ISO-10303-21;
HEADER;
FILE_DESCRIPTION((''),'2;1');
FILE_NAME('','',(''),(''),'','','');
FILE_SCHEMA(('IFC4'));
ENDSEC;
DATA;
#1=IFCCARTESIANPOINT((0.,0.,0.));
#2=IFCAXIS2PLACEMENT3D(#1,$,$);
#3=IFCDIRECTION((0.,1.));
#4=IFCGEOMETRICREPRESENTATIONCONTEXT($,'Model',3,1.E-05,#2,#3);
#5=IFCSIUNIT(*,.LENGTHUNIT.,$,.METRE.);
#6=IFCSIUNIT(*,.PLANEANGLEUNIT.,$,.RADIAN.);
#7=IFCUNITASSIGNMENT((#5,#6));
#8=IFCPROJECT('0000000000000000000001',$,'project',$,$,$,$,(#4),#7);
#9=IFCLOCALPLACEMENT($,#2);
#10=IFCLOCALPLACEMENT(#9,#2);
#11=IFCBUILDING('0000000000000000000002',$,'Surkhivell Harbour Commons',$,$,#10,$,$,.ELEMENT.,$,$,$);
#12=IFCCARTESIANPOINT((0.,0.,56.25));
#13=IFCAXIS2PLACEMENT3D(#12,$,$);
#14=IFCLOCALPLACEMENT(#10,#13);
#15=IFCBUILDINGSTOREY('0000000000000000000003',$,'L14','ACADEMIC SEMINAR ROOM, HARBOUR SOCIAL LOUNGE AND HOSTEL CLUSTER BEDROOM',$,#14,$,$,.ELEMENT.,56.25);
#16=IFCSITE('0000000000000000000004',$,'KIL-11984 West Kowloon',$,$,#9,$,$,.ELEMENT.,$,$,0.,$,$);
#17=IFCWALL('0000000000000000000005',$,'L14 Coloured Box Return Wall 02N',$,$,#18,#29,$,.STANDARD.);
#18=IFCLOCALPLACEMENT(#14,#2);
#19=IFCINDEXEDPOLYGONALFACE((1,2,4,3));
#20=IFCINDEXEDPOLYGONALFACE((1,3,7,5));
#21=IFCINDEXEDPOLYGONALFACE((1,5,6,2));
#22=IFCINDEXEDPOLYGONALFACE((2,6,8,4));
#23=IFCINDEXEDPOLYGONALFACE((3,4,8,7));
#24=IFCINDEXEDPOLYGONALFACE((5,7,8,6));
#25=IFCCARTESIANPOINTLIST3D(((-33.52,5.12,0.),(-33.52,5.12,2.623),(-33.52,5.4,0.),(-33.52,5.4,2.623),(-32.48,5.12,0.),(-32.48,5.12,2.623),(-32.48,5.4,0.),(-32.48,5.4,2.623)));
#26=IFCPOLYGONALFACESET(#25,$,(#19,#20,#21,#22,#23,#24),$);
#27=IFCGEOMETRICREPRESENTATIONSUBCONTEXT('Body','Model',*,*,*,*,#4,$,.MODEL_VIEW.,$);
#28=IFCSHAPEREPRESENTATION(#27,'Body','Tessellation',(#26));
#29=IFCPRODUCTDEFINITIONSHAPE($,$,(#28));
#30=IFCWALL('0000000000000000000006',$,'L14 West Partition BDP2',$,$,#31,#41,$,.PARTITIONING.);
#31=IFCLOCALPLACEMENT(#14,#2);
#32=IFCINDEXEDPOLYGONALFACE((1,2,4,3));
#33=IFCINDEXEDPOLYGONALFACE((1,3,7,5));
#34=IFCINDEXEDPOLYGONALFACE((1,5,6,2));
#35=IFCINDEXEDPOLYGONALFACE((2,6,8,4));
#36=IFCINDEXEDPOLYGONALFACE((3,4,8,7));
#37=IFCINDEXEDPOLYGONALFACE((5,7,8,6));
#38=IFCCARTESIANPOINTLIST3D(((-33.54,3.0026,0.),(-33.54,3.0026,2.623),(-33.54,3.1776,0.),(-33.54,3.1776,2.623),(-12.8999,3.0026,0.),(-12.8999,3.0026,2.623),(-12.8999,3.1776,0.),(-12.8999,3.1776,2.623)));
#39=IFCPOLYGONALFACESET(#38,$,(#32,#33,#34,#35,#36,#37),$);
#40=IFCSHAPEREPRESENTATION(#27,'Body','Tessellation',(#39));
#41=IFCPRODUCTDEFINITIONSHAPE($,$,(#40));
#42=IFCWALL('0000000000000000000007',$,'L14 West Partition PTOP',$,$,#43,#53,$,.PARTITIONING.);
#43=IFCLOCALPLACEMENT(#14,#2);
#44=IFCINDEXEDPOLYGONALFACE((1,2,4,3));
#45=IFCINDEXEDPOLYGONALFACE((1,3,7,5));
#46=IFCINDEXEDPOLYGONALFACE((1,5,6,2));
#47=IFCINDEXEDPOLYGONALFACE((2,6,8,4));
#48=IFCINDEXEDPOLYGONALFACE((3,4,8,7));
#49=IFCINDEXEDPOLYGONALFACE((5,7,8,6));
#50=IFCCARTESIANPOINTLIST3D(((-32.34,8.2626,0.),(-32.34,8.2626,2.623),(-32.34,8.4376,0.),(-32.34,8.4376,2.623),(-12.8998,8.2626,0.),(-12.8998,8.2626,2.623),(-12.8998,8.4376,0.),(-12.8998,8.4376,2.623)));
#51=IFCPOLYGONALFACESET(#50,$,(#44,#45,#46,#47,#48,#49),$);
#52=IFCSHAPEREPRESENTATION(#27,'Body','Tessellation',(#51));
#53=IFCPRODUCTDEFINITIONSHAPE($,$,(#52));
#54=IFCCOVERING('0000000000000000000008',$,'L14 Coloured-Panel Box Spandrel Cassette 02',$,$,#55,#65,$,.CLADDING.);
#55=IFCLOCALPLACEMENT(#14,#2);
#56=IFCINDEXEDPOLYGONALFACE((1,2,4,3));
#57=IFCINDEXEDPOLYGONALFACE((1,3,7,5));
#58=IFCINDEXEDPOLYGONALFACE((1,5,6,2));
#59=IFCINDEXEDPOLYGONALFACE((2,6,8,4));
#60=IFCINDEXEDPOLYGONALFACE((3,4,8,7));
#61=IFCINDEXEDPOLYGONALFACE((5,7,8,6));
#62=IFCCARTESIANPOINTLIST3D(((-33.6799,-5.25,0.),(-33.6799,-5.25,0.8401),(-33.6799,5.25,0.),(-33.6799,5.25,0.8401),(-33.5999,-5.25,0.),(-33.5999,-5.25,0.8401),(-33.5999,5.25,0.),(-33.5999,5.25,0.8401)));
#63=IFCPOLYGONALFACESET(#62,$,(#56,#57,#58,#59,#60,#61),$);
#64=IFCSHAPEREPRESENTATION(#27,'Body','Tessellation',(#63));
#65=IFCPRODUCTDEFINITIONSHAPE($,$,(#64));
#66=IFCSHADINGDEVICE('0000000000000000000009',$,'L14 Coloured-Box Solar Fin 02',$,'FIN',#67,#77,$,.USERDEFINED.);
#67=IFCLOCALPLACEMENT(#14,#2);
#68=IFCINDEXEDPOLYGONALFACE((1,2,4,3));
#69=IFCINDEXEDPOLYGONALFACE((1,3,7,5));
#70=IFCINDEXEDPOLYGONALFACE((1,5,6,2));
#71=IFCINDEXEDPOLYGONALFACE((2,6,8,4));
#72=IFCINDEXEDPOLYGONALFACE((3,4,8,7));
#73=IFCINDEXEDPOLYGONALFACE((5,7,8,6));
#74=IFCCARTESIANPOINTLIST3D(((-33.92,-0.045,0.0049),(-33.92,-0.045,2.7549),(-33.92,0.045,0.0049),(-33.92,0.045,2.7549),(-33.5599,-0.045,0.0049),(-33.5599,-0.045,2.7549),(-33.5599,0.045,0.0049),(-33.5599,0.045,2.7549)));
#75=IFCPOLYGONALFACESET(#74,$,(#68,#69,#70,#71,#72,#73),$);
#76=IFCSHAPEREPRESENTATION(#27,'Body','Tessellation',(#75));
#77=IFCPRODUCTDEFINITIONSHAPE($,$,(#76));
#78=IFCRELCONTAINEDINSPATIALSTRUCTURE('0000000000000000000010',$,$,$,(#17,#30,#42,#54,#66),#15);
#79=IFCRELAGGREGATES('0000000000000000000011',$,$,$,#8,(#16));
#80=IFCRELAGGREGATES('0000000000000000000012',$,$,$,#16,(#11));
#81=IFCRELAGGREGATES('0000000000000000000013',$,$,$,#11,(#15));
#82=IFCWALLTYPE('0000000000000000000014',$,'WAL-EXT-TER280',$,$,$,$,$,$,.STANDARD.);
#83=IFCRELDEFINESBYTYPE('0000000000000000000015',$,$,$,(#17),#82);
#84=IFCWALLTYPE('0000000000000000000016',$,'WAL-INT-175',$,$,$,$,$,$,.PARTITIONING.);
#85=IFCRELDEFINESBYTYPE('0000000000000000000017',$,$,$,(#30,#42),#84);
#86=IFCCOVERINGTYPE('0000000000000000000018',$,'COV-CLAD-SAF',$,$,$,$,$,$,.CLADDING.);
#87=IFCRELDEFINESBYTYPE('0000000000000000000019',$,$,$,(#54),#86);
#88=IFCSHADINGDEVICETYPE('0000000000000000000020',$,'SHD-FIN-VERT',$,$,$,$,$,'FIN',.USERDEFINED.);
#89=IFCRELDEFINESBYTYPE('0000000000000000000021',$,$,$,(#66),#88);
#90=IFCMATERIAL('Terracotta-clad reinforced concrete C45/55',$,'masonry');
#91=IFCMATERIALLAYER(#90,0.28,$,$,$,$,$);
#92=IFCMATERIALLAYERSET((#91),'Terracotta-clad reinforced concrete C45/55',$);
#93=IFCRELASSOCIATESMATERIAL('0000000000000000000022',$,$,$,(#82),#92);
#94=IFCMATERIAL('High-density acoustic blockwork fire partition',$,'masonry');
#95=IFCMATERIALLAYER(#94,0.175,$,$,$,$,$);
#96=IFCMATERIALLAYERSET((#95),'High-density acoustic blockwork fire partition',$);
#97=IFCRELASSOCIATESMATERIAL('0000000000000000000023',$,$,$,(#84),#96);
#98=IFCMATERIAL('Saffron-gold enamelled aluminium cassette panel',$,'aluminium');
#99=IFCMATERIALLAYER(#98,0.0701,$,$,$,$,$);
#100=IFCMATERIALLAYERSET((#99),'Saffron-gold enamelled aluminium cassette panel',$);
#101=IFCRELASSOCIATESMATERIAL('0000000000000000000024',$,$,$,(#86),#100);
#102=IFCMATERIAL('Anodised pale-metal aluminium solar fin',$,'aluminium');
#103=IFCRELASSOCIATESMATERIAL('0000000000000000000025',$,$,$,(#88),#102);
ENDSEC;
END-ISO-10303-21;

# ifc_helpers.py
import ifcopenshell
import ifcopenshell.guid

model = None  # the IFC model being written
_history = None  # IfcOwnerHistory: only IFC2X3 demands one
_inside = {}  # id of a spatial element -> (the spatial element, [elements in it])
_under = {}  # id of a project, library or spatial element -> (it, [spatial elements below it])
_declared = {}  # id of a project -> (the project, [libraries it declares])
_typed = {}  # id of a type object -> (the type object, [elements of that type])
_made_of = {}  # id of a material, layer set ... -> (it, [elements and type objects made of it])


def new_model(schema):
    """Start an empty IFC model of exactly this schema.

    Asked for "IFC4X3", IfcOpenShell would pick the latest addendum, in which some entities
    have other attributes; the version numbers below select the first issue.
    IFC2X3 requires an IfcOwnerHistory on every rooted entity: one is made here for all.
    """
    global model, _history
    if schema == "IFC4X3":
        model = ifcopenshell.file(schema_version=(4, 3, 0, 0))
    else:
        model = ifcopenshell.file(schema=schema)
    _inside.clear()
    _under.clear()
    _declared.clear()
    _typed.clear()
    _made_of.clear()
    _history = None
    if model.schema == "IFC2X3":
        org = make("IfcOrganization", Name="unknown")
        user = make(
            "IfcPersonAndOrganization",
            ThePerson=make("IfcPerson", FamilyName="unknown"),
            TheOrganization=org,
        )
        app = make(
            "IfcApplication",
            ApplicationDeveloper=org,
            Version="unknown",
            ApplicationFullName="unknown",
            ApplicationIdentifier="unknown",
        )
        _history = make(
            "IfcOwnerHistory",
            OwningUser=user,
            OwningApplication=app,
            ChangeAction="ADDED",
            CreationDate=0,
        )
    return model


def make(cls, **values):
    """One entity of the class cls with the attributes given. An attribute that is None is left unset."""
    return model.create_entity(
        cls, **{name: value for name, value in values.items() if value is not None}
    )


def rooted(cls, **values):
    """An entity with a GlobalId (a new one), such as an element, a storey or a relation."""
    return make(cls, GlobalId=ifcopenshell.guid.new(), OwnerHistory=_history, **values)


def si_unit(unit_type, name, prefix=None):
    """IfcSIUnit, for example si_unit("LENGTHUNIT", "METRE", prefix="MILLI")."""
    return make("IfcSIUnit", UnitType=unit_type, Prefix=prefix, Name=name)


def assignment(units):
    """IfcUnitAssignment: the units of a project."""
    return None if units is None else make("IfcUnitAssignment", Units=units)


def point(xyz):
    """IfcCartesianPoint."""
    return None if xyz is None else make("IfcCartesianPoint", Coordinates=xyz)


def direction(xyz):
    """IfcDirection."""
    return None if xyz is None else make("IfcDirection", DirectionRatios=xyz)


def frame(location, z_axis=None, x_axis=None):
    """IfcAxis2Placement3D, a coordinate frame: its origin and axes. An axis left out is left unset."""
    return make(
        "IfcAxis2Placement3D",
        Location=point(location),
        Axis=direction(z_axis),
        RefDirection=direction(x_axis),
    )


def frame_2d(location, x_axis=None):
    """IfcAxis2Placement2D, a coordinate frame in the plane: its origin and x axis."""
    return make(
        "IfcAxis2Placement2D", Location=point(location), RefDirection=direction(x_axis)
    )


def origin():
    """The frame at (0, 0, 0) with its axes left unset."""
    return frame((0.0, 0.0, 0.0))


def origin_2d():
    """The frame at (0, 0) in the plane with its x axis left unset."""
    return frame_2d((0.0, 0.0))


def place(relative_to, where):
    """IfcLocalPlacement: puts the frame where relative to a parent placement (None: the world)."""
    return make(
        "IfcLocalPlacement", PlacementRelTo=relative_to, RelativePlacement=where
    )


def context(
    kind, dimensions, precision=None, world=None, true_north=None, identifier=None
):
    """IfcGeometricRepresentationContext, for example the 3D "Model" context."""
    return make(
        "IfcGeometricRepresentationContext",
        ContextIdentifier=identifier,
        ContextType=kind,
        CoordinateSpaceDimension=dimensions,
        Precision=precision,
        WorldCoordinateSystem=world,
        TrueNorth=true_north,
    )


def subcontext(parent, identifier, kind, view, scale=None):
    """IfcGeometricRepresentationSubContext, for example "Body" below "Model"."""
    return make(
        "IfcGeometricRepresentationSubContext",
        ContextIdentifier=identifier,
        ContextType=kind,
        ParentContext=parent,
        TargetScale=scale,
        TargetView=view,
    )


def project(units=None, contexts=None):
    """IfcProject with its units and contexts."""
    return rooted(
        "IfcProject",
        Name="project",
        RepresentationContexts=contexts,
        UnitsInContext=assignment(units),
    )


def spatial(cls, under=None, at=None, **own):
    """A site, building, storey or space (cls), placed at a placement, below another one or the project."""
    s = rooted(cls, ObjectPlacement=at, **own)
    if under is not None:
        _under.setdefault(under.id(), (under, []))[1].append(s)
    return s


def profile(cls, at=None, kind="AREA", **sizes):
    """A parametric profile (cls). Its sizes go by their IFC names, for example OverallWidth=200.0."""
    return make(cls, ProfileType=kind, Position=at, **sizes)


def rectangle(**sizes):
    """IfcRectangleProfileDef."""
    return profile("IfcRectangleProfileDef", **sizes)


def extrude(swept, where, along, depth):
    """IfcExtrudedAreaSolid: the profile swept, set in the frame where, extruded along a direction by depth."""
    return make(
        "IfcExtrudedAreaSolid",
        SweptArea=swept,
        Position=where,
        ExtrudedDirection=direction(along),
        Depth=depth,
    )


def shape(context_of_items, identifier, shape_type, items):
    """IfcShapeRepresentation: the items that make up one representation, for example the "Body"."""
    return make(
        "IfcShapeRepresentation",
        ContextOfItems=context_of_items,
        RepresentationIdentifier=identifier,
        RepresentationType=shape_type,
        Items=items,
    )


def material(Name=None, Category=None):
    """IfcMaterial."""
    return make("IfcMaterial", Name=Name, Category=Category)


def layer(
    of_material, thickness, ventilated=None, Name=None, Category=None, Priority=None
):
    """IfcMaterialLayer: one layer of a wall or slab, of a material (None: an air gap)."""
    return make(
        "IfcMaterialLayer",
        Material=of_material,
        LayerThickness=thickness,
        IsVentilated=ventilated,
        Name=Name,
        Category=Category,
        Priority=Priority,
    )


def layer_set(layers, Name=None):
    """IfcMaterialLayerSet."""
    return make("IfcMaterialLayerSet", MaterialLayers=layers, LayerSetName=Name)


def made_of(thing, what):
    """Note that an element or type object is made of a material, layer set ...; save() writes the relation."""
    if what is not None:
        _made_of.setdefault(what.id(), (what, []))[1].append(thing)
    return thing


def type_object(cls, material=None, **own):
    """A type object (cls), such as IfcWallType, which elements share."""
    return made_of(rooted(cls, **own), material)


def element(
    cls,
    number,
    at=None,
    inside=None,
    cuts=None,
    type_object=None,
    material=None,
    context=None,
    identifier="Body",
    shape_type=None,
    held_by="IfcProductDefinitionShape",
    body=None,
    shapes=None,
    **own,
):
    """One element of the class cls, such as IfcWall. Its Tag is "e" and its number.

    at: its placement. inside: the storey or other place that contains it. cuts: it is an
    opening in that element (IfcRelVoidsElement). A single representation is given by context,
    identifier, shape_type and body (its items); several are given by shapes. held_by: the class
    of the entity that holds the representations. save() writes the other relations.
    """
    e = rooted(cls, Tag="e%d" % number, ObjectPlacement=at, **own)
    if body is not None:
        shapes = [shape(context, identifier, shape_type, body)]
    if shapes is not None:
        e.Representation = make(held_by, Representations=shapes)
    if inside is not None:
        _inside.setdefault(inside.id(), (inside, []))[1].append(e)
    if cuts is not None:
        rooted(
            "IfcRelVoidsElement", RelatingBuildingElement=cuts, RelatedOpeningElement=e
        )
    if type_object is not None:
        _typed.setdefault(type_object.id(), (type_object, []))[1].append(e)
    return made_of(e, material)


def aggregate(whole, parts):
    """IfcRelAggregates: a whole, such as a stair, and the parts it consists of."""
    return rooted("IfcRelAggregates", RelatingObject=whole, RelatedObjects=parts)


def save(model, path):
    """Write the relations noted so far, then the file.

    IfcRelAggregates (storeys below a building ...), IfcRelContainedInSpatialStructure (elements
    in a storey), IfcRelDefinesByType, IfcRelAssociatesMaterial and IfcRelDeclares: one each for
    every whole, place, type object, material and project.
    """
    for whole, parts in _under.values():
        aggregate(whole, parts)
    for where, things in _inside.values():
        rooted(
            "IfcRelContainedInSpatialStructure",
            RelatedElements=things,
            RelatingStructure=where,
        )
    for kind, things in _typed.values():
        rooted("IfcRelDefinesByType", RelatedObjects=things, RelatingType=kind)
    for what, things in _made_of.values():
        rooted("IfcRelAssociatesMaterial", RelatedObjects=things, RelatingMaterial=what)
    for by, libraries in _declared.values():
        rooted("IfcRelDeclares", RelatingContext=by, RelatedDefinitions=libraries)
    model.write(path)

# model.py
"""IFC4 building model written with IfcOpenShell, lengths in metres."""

from ifc_helpers import new_model, si_unit, direction, frame, frame_2d, origin, origin_2d, place, context, subcontext, project, spatial, rectangle, extrude, material, layer, layer_set, type_object, element, save


model = new_model("IFC4")

# Units and contexts
model_context = context("Model", 3, precision=1e-05, world=origin(), true_north=direction((0.0, 1.0)))
body_context = subcontext(model_context, "Body", "Model", "MODEL_VIEW")
ifc_project = project(units=[si_unit("LENGTHUNIT", "METRE"), si_unit("PLANEANGLEUNIT", "RADIAN")], contexts=[model_context])

# Site, building, storey
site_placement = place(None, origin())
site = spatial("IfcSite", under=ifc_project, at=site_placement, Name="KIL-11984 West Kowloon", CompositionType="ELEMENT", RefElevation=0.0)
building_placement = place(site_placement, origin())
building = spatial("IfcBuilding", under=site, at=building_placement, Name="Surkhivell Harbour Commons", CompositionType="ELEMENT")
storey_placement = place(building_placement, frame((0.0, 0.0, 56.25)))
storey = spatial("IfcBuildingStorey", under=building, at=storey_placement, Name="L14", Description="ACADEMIC SEMINAR ROOM, HARBOUR SOCIAL LOUNGE AND HOSTEL CLUSTER BEDROOM", CompositionType="ELEMENT", Elevation=56.25)

# Shared definitions
ifc_material_1 = material(Name="Terracotta-clad reinforced concrete C45/55", Category="masonry")
ifc_layer_1 = layer(ifc_material_1, 0.28)
ifc_layer_set_1 = layer_set([ifc_layer_1], Name="Terracotta-clad reinforced concrete C45/55")
wall_type_1 = type_object("IfcWallType", Name="WAL-EXT-TER280", PredefinedType="STANDARD", material=ifc_layer_set_1)

# Walls
wall_1_placement = place(storey_placement, frame((-33.52, 5.26, 0.0), z_axis=(0.0, 0.0, 1.0), x_axis=(1.0, 0.0, 0.0)))
element("IfcWall", 1, at=wall_1_placement, inside=storey, type_object=wall_type_1, Name="L14 Coloured Box Return Wall 02N", PredefinedType="STANDARD", context=body_context, shape_type="SweptSolid", body=[
    extrude(rectangle(XDim=1.04, YDim=0.28, at=frame_2d((0.52, 0.0))), origin(), (0.0, 0.0, 1.0), 2.623),
])
ifc_material_2 = material(Name="High-density acoustic blockwork fire partition", Category="masonry")
ifc_layer_2 = layer(ifc_material_2, 0.175)
ifc_layer_set_2 = layer_set([ifc_layer_2], Name="High-density acoustic blockwork fire partition")
wall_type_2 = type_object("IfcWallType", Name="WAL-INT-175", PredefinedType="PARTITIONING", material=ifc_layer_set_2)
wall_2_placement = place(storey_placement, frame((-33.54, 3.0901, 0.0), z_axis=(0.0, 0.0, 1.0), x_axis=(1.0, 0.0, 0.0)))
element("IfcWall", 2, at=wall_2_placement, inside=storey, type_object=wall_type_2, Name="L14 West Partition BDP2", PredefinedType="PARTITIONING", context=body_context, shape_type="SweptSolid", body=[
    extrude(rectangle(XDim=20.6401, YDim=0.175, at=frame_2d((10.3201, 0.0))), origin(), (0.0, 0.0, 1.0), 2.623),
])
wall_3_placement = place(storey_placement, frame((-32.3401, 8.3501, 0.0), z_axis=(0.0, 0.0, 1.0), x_axis=(1.0, 0.0, 0.0)))
element("IfcWall", 3, at=wall_3_placement, inside=storey, type_object=wall_type_2, Name="L14 West Partition PTOP", PredefinedType="PARTITIONING", context=body_context, shape_type="SweptSolid", body=[
    extrude(rectangle(XDim=19.4402, YDim=0.175, at=frame_2d((9.7202, 0.0))), origin(), (0.0, 0.0, 1.0), 2.623),
])

# Covering
ifc_material_3 = material(Name="Saffron-gold enamelled aluminium cassette panel", Category="aluminium")
ifc_layer_3 = layer(ifc_material_3, 0.0701)
ifc_layer_set_3 = layer_set([ifc_layer_3], Name="Saffron-gold enamelled aluminium cassette panel")
covering_type = type_object("IfcCoveringType", Name="COV-CLAD-SAF", PredefinedType="CLADDING", material=ifc_layer_set_3)
covering_placement = place(storey_placement, frame((-33.6399, 0.0, 0.0), z_axis=(0.0, 0.0, 1.0), x_axis=(1.0, 0.0, 0.0)))
element("IfcCovering", 4, at=covering_placement, inside=storey, type_object=covering_type, Name="L14 Coloured-Panel Box Spandrel Cassette 02", PredefinedType="CLADDING", context=body_context, shape_type="SweptSolid", body=[
    extrude(rectangle(XDim=0.0801, YDim=10.5, at=origin_2d()), origin(), (0.0, 0.0, 1.0), 0.8401),
])

# Shading device
ifc_material_4 = material(Name="Anodised pale-metal aluminium solar fin", Category="aluminium")
shading_device_type = type_object("IfcShadingDeviceType", Name="SHD-FIN-VERT", ElementType="FIN", PredefinedType="USERDEFINED", material=ifc_material_4)
shading_device_placement = place(storey_placement, frame((-33.74, 0.0, 0.0049), z_axis=(0.0, 0.0, 1.0), x_axis=(1.0, 0.0, 0.0)))
element("IfcShadingDevice", 5, at=shading_device_placement, inside=storey, type_object=shading_device_type, Name="L14 Coloured-Box Solar Fin 02", ObjectType="FIN", PredefinedType="USERDEFINED", context=body_context, shape_type="SweptSolid", body=[
    extrude(rectangle(XDim=0.3601, YDim=0.0901, at=origin_2d()), origin(), (0.0, 0.0, 1.0), 2.75),
])

save(model, "model.ifc")
